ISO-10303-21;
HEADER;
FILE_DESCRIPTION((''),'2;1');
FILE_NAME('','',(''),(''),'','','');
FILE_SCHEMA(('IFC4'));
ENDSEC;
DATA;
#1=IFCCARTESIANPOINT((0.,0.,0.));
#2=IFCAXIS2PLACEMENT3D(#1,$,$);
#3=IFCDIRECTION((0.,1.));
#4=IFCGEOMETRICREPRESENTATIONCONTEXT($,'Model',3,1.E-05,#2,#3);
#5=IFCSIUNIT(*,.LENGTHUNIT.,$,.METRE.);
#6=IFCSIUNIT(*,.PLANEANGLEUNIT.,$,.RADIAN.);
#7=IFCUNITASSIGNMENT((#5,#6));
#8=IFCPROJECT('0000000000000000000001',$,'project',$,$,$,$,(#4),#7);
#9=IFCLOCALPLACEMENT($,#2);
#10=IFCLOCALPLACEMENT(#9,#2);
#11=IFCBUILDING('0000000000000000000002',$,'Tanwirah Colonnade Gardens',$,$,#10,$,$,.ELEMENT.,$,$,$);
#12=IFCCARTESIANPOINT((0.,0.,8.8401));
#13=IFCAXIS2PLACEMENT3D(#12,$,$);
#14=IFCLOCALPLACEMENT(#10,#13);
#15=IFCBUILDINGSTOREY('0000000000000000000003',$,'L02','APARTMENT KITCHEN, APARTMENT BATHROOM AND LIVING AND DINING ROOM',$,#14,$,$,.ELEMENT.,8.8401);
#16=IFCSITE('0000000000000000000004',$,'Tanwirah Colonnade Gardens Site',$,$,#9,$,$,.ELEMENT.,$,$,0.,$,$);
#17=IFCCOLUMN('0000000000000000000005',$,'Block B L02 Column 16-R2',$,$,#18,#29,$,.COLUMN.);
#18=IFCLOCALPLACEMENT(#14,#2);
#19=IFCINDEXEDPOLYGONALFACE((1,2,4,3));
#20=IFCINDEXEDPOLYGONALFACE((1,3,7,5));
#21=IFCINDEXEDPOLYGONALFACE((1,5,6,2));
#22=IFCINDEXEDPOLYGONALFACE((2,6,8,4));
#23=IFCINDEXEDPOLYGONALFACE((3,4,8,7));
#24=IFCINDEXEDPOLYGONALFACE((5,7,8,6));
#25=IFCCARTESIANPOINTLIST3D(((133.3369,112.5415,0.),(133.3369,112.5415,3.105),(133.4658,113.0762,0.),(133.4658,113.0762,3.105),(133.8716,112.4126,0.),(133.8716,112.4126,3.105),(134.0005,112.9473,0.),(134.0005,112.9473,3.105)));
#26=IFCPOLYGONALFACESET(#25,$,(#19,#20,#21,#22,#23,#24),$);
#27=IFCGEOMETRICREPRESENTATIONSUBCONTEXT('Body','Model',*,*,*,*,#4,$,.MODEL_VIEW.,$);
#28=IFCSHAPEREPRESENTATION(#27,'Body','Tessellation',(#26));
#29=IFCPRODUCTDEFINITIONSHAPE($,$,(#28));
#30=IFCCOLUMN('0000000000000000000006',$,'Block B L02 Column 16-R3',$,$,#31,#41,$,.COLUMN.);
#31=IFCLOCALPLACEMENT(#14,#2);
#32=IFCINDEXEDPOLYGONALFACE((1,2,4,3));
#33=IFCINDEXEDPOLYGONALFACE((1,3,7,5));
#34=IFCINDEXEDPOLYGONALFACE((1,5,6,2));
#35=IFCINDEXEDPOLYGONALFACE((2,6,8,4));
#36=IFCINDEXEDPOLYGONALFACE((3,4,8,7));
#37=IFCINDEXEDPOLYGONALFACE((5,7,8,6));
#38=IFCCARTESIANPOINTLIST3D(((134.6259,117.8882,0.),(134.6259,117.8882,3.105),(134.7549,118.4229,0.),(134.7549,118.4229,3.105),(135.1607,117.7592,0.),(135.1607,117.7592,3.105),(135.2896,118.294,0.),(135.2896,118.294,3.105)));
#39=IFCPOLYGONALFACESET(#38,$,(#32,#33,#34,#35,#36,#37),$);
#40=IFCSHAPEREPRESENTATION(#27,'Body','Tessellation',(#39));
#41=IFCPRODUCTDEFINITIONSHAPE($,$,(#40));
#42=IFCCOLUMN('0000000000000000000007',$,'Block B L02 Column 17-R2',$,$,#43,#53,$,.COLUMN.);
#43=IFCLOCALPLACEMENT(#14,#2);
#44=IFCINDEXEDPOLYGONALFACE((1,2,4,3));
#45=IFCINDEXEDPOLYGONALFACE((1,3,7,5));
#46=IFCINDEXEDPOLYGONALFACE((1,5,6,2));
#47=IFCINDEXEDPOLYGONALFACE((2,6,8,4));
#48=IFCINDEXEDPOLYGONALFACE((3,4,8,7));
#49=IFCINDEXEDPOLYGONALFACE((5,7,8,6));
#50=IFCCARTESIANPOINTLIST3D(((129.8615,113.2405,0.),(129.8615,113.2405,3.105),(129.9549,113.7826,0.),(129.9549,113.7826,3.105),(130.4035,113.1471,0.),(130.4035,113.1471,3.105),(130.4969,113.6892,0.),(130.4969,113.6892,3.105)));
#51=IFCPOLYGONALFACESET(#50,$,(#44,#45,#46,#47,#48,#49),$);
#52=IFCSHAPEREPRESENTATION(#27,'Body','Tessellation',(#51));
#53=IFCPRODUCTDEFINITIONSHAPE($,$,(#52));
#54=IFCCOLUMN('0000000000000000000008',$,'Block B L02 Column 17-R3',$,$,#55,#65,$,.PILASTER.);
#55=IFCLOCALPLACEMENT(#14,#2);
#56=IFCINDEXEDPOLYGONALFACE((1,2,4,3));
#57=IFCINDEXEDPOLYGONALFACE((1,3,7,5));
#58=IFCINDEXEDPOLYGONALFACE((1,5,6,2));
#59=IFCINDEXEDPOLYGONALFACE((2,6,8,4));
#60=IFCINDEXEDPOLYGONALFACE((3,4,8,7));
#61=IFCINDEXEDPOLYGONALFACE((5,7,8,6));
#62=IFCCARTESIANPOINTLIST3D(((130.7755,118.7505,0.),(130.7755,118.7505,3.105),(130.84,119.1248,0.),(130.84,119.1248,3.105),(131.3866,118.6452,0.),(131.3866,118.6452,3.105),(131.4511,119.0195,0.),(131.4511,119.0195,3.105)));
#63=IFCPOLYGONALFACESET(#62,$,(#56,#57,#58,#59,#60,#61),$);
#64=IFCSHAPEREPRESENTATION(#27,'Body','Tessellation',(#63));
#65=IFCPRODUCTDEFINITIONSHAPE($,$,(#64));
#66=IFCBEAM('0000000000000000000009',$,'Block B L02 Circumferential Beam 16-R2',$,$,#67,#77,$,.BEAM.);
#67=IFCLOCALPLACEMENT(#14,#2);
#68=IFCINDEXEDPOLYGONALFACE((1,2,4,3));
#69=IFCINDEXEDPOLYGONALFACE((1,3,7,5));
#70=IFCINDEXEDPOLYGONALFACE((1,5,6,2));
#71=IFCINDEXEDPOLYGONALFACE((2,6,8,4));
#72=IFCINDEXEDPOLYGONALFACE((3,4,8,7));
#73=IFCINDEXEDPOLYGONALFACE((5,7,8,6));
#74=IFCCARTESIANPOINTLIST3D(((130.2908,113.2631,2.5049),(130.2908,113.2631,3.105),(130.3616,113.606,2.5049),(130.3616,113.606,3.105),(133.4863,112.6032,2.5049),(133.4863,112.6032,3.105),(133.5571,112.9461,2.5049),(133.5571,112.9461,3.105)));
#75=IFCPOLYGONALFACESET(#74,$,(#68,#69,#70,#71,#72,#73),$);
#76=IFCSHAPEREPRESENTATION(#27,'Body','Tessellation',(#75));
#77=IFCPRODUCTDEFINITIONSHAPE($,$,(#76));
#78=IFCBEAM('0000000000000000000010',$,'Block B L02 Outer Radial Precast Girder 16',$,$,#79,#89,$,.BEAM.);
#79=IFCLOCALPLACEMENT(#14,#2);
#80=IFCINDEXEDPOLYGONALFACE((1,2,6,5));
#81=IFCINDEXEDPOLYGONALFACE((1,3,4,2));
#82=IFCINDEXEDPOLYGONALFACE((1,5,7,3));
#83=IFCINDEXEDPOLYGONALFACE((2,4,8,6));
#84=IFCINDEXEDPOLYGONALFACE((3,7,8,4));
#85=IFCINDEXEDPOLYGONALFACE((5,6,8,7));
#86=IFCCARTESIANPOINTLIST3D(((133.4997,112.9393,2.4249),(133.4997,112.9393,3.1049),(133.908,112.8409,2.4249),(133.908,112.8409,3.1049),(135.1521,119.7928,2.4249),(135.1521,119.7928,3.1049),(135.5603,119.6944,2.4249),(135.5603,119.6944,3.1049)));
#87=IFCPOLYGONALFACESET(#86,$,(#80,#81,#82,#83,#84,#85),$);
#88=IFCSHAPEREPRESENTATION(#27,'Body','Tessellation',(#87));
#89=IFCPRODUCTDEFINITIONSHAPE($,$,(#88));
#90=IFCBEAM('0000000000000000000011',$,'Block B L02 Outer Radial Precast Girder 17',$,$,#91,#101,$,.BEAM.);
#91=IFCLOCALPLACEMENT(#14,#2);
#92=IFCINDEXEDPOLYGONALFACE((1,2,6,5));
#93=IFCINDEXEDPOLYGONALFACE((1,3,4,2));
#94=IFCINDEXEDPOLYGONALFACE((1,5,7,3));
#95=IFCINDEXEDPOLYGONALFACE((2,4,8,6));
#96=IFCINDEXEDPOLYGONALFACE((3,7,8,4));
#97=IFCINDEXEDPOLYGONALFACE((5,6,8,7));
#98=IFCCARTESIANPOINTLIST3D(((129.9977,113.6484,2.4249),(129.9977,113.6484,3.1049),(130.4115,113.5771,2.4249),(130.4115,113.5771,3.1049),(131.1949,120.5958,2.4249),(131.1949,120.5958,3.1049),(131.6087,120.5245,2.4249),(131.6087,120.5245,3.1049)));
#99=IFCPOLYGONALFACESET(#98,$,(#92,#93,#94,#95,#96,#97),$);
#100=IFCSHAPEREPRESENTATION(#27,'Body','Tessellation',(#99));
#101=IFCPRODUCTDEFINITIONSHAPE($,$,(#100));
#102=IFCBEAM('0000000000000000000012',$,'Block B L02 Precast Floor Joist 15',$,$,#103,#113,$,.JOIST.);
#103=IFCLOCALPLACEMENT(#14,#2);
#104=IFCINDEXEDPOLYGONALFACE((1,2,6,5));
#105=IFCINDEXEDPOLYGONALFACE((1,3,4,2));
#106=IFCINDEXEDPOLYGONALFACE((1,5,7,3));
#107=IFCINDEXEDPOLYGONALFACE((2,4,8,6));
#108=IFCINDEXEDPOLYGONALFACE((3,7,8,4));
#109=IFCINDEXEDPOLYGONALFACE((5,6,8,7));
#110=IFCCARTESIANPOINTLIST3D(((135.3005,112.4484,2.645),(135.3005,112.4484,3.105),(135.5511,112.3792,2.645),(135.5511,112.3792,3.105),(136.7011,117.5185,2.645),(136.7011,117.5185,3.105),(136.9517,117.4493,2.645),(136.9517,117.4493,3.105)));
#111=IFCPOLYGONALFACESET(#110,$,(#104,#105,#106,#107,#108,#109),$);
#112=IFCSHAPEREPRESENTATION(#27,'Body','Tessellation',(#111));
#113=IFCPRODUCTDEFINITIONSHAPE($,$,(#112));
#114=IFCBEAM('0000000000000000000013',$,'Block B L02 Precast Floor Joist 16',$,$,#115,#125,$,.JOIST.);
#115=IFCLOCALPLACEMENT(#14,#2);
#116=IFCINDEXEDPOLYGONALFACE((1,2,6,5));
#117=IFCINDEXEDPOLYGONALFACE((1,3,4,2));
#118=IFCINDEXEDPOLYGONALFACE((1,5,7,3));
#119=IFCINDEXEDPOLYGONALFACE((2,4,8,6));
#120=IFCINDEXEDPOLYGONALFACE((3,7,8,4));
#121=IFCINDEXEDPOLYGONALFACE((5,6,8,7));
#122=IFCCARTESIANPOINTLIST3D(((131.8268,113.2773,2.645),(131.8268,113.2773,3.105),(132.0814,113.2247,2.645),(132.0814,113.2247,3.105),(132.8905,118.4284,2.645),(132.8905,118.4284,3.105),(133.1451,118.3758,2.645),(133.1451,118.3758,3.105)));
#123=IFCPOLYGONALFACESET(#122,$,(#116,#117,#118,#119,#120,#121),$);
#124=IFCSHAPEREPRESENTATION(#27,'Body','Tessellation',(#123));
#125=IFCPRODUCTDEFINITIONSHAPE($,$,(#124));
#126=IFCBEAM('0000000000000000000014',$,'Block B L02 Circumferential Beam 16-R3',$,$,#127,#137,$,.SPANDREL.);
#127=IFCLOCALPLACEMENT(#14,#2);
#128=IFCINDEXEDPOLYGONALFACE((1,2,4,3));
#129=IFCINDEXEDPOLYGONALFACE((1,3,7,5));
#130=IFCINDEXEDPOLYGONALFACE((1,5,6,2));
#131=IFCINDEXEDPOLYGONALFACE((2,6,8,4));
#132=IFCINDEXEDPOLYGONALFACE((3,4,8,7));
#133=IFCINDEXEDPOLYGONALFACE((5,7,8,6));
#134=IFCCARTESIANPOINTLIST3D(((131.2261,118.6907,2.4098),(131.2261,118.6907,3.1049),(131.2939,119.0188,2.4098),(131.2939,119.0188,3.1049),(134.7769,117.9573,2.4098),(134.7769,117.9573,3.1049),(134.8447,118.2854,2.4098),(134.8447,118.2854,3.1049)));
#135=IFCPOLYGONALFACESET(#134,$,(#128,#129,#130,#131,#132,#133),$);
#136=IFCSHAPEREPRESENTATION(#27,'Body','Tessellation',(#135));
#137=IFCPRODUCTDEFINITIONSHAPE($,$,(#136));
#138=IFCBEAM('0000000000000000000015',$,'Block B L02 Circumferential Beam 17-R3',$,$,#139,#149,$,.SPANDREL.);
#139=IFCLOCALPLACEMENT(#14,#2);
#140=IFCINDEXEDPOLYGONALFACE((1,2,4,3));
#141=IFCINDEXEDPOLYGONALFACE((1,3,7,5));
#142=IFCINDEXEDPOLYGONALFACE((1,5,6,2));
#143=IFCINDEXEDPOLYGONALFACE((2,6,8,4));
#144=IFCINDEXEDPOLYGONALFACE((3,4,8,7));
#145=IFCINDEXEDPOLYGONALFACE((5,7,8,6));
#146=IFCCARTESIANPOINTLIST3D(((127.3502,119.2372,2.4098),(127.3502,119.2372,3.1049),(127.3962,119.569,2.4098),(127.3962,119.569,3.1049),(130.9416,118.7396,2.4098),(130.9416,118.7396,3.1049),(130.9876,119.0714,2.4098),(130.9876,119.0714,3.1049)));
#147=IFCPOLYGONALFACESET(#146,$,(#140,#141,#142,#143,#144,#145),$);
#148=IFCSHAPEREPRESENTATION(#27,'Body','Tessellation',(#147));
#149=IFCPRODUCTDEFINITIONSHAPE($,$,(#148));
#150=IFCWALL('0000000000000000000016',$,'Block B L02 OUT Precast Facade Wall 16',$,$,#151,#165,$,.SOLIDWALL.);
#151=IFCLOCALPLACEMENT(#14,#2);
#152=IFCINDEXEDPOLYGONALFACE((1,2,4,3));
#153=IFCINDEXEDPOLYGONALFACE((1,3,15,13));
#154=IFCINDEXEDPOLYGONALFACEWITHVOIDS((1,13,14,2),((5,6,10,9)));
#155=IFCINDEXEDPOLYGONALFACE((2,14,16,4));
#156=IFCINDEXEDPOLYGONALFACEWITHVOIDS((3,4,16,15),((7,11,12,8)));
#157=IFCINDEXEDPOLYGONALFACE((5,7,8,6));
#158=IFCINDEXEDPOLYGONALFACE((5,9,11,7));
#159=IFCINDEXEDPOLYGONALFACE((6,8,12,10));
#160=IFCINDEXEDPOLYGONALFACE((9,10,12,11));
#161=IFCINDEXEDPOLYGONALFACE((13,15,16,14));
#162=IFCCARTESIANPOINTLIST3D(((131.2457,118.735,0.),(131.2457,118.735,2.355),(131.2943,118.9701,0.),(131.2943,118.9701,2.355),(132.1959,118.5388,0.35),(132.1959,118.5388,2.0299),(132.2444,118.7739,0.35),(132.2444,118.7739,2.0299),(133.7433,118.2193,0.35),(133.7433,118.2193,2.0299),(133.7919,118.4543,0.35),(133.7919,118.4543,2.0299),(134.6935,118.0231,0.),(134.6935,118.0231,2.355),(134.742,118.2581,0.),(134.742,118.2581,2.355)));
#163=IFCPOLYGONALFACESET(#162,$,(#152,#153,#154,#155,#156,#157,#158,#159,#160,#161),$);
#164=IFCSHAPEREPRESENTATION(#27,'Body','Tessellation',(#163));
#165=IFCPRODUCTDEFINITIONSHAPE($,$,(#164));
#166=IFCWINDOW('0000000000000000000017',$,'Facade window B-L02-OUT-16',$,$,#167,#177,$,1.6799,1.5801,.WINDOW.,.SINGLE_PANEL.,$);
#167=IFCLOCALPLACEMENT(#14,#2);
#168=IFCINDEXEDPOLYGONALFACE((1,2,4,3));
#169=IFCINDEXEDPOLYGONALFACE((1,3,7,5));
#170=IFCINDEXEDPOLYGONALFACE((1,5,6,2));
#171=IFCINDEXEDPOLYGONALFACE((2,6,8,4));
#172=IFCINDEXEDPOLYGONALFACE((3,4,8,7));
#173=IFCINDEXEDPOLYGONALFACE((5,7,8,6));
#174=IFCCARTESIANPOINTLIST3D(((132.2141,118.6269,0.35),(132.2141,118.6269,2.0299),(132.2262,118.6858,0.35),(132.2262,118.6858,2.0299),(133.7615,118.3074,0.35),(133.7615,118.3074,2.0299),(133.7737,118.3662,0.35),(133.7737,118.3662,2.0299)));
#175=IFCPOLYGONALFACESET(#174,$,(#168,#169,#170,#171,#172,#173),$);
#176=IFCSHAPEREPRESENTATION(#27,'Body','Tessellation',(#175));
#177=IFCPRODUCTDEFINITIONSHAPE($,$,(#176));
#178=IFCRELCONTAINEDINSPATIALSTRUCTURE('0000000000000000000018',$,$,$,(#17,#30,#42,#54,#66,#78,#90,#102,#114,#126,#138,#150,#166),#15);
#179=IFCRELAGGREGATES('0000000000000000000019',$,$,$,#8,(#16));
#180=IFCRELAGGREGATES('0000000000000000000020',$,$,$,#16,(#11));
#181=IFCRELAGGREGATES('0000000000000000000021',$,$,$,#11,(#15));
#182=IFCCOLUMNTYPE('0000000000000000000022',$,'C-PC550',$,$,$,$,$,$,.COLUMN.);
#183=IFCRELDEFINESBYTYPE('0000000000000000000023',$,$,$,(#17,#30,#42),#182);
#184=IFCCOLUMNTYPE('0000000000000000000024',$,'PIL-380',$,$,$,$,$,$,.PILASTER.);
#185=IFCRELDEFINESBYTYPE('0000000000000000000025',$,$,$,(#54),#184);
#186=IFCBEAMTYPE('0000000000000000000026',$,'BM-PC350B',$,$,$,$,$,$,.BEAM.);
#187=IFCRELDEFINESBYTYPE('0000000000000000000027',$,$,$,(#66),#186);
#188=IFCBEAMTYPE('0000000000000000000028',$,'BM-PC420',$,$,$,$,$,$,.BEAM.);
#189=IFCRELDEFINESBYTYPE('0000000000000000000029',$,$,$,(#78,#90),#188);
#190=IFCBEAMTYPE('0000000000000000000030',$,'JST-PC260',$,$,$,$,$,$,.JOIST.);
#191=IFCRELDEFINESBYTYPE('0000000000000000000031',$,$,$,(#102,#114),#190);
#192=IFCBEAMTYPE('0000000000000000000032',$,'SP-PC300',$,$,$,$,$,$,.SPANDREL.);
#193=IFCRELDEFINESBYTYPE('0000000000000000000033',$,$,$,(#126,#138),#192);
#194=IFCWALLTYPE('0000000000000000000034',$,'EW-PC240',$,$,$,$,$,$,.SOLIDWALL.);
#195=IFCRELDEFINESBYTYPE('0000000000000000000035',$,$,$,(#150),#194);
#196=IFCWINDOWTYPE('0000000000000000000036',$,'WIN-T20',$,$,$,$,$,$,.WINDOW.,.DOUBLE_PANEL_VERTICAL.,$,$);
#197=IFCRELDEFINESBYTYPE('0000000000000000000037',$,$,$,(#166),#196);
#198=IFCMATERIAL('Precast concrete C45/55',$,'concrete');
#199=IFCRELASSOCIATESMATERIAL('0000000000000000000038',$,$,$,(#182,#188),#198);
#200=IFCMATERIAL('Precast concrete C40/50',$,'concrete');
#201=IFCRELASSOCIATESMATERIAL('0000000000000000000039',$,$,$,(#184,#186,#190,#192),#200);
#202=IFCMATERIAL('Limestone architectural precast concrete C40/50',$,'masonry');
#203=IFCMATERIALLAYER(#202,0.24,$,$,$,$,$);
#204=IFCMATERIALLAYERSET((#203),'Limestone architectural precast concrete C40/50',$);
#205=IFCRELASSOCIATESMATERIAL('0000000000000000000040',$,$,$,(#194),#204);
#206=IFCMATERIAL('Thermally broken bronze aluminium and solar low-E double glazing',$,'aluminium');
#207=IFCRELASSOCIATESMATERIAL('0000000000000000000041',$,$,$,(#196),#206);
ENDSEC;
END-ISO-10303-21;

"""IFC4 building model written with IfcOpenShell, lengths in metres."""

from ifc_helpers import new_model, si_unit, direction, frame, frame_2d, origin, origin_2d, place, context, subcontext, project, spatial, rectangle, extrude, material, layer, layer_set, material_profile, profile_set, type_object, element, fill, save


model = new_model("IFC4")

# Units and contexts
model_context = context("Model", 3, precision=1e-05, world=origin(), true_north=direction((0.0, 1.0)))
body_context = subcontext(model_context, "Body", "Model", "MODEL_VIEW")
ifc_project = project(units=[si_unit("LENGTHUNIT", "METRE"), si_unit("PLANEANGLEUNIT", "RADIAN")], contexts=[model_context])

# Site, building, storey
site_placement = place(None, origin())
site = spatial("IfcSite", under=ifc_project, at=site_placement, Name="Tanwirah Colonnade Gardens Site", CompositionType="ELEMENT", RefElevation=0.0)
building_placement = place(site_placement, origin())
building = spatial("IfcBuilding", under=site, at=building_placement, Name="Tanwirah Colonnade Gardens", CompositionType="ELEMENT")
storey_placement = place(building_placement, frame((0.0, 0.0, 8.8401)))
storey = spatial("IfcBuildingStorey", under=building, at=storey_placement, Name="L02", Description="APARTMENT KITCHEN, APARTMENT BATHROOM AND LIVING AND DINING ROOM", CompositionType="ELEMENT", Elevation=8.8401)

# Columns
ifc_material_1 = material(Name="Precast concrete C45/55", Category="concrete")
ifc_material_profile_1 = material_profile(ifc_material_1, rectangle(XDim=0.55, YDim=0.55, at=origin_2d()), Name="PC-COL 550x550")
ifc_profile_set_1 = profile_set([ifc_material_profile_1], Name="Precast concrete C45/55")
column_type_1 = type_object("IfcColumnType", Name="C-PC550", PredefinedType="COLUMN", material=ifc_profile_set_1)
for number, where, z_axis, x_axis, name in (
    (1, (133.6687, 112.7444, 0.0), (0.0, 0.0, 1.0), (0.234388, 0.972143, 0.0), "Block B L02 Column 16-R2"),
    (2, (134.9578, 118.0911, 0.0), (0.0, 0.0, 1.0), (0.234388, 0.972143, 0.0), "Block B L02 Column 16-R3"),
    (3, (130.1792, 113.4648, 0.0), (0.0, 0.0, 1.0), (0.169827, 0.985474, 0.0), "Block B L02 Column 17-R2"),
):
    element("IfcColumn", number, at=place(storey_placement, frame(where, z_axis=z_axis, x_axis=x_axis)), inside=storey, type_object=column_type_1, Name=name, PredefinedType="COLUMN", context=body_context, shape_type="SweptSolid", body=[
        extrude(rectangle(XDim=0.55, YDim=0.55, at=origin_2d()), origin(), (0.0, 0.0, 1.0), 3.105),
    ])
ifc_material_2 = material(Name="Precast concrete C40/50", Category="concrete")
ifc_material_profile_2 = material_profile(ifc_material_2, rectangle(XDim=0.3799, YDim=0.6201, at=origin_2d()), Name="PC-PIL 380x620")
ifc_profile_set_2 = profile_set([ifc_material_profile_2], Name="Precast concrete C40/50")
column_type_2 = type_object("IfcColumnType", Name="PIL-380", PredefinedType="PILASTER", material=ifc_profile_set_2)
column_placement = place(storey_placement, frame((131.1133, 118.885, 0.0), z_axis=(0.0, 0.0, 1.0), x_axis=(0.169827, 0.985474, 0.0)))
element("IfcColumn", 4, at=column_placement, inside=storey, type_object=column_type_2, Name="Block B L02 Column 17-R3", PredefinedType="PILASTER", context=body_context, shape_type="SweptSolid", body=[
    extrude(rectangle(XDim=0.3799, YDim=0.6201, at=origin_2d()), origin(), (0.0, 0.0, 1.0), 3.105),
])

# Beams
ifc_material_profile_3 = material_profile(ifc_material_2, rectangle(XDim=0.3501, YDim=0.6001, at=origin_2d()), Name="PC-BM 350x600")
ifc_profile_set_3 = profile_set([ifc_material_profile_3], Name="Precast concrete C40/50")
beam_type_1 = type_object("IfcBeamType", Name="BM-PC350B", PredefinedType="BEAM", material=ifc_profile_set_3)
beam_1_placement = place(storey_placement, frame((133.5217, 112.7747, 2.8049), z_axis=(-0.979336, 0.202242, 0.0), x_axis=(-0.202242, -0.979336, 0.0)))
element("IfcBeam", 5, at=beam_1_placement, inside=storey, type_object=beam_type_1, Name="Block B L02 Circumferential Beam 16-R2", PredefinedType="BEAM", context=body_context, shape_type="SweptSolid", body=[
    extrude(rectangle(XDim=0.3501, YDim=0.6001, at=origin_2d()), origin(), (0.0, 0.0, 1.0), 3.2629),
])
ifc_material_profile_4 = material_profile(ifc_material_1, rectangle(XDim=0.4199, YDim=0.6799, at=origin_2d()), Name="PC-BM 420x680")
ifc_profile_set_4 = profile_set([ifc_material_profile_4], Name="Precast concrete C45/55")
beam_type_2 = type_object("IfcBeamType", Name="BM-PC420", PredefinedType="BEAM", material=ifc_profile_set_4)
for number, where, z_axis, x_axis, name in (
    (6, (133.7039, 112.8901, 2.7649), (0.234379, 0.972145, 0.0), (-0.972145, 0.234379, 0.0), "Block B L02 Outer Radial Precast Girder 16"),
    (7, (130.2046, 113.6128, 2.7649), (0.169827, 0.985474, 0.0), (-0.985474, 0.169827, 0.0), "Block B L02 Outer Radial Precast Girder 17"),
):
    element("IfcBeam", number, at=place(storey_placement, frame(where, z_axis=z_axis, x_axis=x_axis)), inside=storey, type_object=beam_type_2, Name=name, PredefinedType="BEAM", context=body_context, shape_type="SweptSolid", body=[
        extrude(rectangle(XDim=0.4199, YDim=0.6799, at=origin_2d()), origin(), (0.0, 0.0, 1.0), 7.0498),
    ])
ifc_material_profile_5 = material_profile(ifc_material_2, rectangle(XDim=0.26, YDim=0.46, at=origin_2d()), Name="PC-JST 260x460")
ifc_profile_set_5 = profile_set([ifc_material_profile_5], Name="Precast concrete C40/50")
beam_type_3 = type_object("IfcBeamType", Name="JST-PC260", PredefinedType="JOIST", material=ifc_profile_set_5)
beam_2_placement = place(storey_placement, frame((135.4258, 112.4138, 2.875), z_axis=(0.266281, 0.963895, 0.0), x_axis=(-0.963895, 0.266281, 0.0)))
element("IfcBeam", 8, at=beam_2_placement, inside=storey, type_object=beam_type_3, Name="Block B L02 Precast Floor Joist 15", PredefinedType="JOIST", context=body_context, shape_type="SweptSolid", body=[
    extrude(rectangle(XDim=0.26, YDim=0.46, at=origin_2d()), origin(), (0.0, 0.0, 1.0), 5.26),
])
beam_3_placement = place(storey_placement, frame((131.9541, 113.251, 2.875), z_axis=(0.202236, 0.979337, 0.0), x_axis=(-0.979337, 0.202236, 0.0)))
element("IfcBeam", 9, at=beam_3_placement, inside=storey, type_object=beam_type_3, Name="Block B L02 Precast Floor Joist 16", PredefinedType="JOIST", context=body_context, shape_type="SweptSolid", body=[
    extrude(rectangle(XDim=0.26, YDim=0.46, at=origin_2d()), origin(), (0.0, 0.0, 1.0), 5.2598),
])
ifc_material_profile_6 = material_profile(ifc_material_2, rectangle(XDim=0.335, YDim=0.6951, at=origin_2d()), Name="PC-SP 335x695")
ifc_profile_set_6 = profile_set([ifc_material_profile_6], Name="Precast concrete C40/50")
beam_type_4 = type_object("IfcBeamType", Name="SP-PC300", PredefinedType="SPANDREL", material=ifc_profile_set_6)
for number, where, z_axis, x_axis, name in (
    (10, (134.8108, 118.1213, 2.7573), (-0.979329, 0.202276, 0.0), (-0.202276, -0.979329, 0.0), "Block B L02 Circumferential Beam 16-R3"),
    (11, (130.9646, 118.9055, 2.7573), (-0.990539, 0.137234, 0.0), (-0.137234, -0.990539, 0.0), "Block B L02 Circumferential Beam 17-R3"),
):
    element("IfcBeam", number, at=place(storey_placement, frame(where, z_axis=z_axis, x_axis=x_axis)), inside=storey, type_object=beam_type_4, Name=name, PredefinedType="SPANDREL", context=body_context, shape_type="SweptSolid", body=[
        extrude(rectangle(XDim=0.335, YDim=0.6951, at=origin_2d()), origin(), (0.0, 0.0, 1.0), 3.6257),
    ])

# Wall, opening, window
ifc_material_3 = material(Name="Limestone architectural precast concrete C40/50", Category="masonry")
ifc_layer_1 = layer(ifc_material_3, 0.24)
ifc_layer_set_1 = layer_set([ifc_layer_1], Name="Limestone architectural precast concrete C40/50")
wall_type_1 = type_object("IfcWallType", Name="EW-PC240", PredefinedType="SOLIDWALL", material=ifc_layer_set_1)
wall_1_placement = place(storey_placement, frame((134.7178, 118.1406, 0.0), z_axis=(0.0, 0.0, 1.0), x_axis=(-0.97934, 0.20222, 0.0)))
wall_1 = element("IfcWall", 12, at=wall_1_placement, inside=storey, type_object=wall_type_1, Name="Block B L02 OUT Precast Facade Wall 16", PredefinedType="SOLIDWALL", context=body_context, shape_type="SweptSolid", body=[
    extrude(rectangle(XDim=3.5205, YDim=0.24, at=frame_2d((1.7603, 0.0))), origin(), (0.0, 0.0, 1.0), 2.355),
])
opening_1_placement = place(wall_1_placement, frame((0.9702, 0.0, 0.3501)))
opening_1 = element("IfcOpeningElement", 13, at=opening_1_placement, cuts=wall_1, PredefinedType="OPENING", context=body_context, shape_type="SweptSolid", body=[
    extrude(rectangle(XDim=1.5801, YDim=1.6799, at=frame_2d((0.79, 0.8398))), frame((0.0, 0.1299, 0.0), z_axis=(0.0, -1.0, 0.0), x_axis=(1.0, 0.0, 0.0)), (0.0, 0.0, 1.0), 0.26),
])
ifc_material_4 = material(Name="Thermally broken bronze aluminium and solar low-E double glazing", Category="aluminium")
window_type_1 = type_object("IfcWindowType", Name="WIN-T20", PartitioningType="DOUBLE_PANEL_VERTICAL", PredefinedType="WINDOW", material=ifc_material_4)
window_1_placement = place(opening_1_placement, origin())
window_1 = element("IfcWindow", 14, at=window_1_placement, inside=storey, type_object=window_type_1, Name="Facade window B-L02-OUT-16", OverallHeight=1.6799, OverallWidth=1.5801, PartitioningType="SINGLE_PANEL", PredefinedType="WINDOW", context=body_context, shape_type="SweptSolid", body=[
    extrude(rectangle(XDim=1.5801, YDim=1.6799, at=frame_2d((0.79, 0.8398))), frame((0.0, 0.03, 0.0), z_axis=(0.0, -1.0, 0.0), x_axis=(1.0, 0.0, 0.0)), (0.0, 0.0, 1.0), 0.0601),
])
fill(opening_1, window_1)

save(model, "model.ifc")
